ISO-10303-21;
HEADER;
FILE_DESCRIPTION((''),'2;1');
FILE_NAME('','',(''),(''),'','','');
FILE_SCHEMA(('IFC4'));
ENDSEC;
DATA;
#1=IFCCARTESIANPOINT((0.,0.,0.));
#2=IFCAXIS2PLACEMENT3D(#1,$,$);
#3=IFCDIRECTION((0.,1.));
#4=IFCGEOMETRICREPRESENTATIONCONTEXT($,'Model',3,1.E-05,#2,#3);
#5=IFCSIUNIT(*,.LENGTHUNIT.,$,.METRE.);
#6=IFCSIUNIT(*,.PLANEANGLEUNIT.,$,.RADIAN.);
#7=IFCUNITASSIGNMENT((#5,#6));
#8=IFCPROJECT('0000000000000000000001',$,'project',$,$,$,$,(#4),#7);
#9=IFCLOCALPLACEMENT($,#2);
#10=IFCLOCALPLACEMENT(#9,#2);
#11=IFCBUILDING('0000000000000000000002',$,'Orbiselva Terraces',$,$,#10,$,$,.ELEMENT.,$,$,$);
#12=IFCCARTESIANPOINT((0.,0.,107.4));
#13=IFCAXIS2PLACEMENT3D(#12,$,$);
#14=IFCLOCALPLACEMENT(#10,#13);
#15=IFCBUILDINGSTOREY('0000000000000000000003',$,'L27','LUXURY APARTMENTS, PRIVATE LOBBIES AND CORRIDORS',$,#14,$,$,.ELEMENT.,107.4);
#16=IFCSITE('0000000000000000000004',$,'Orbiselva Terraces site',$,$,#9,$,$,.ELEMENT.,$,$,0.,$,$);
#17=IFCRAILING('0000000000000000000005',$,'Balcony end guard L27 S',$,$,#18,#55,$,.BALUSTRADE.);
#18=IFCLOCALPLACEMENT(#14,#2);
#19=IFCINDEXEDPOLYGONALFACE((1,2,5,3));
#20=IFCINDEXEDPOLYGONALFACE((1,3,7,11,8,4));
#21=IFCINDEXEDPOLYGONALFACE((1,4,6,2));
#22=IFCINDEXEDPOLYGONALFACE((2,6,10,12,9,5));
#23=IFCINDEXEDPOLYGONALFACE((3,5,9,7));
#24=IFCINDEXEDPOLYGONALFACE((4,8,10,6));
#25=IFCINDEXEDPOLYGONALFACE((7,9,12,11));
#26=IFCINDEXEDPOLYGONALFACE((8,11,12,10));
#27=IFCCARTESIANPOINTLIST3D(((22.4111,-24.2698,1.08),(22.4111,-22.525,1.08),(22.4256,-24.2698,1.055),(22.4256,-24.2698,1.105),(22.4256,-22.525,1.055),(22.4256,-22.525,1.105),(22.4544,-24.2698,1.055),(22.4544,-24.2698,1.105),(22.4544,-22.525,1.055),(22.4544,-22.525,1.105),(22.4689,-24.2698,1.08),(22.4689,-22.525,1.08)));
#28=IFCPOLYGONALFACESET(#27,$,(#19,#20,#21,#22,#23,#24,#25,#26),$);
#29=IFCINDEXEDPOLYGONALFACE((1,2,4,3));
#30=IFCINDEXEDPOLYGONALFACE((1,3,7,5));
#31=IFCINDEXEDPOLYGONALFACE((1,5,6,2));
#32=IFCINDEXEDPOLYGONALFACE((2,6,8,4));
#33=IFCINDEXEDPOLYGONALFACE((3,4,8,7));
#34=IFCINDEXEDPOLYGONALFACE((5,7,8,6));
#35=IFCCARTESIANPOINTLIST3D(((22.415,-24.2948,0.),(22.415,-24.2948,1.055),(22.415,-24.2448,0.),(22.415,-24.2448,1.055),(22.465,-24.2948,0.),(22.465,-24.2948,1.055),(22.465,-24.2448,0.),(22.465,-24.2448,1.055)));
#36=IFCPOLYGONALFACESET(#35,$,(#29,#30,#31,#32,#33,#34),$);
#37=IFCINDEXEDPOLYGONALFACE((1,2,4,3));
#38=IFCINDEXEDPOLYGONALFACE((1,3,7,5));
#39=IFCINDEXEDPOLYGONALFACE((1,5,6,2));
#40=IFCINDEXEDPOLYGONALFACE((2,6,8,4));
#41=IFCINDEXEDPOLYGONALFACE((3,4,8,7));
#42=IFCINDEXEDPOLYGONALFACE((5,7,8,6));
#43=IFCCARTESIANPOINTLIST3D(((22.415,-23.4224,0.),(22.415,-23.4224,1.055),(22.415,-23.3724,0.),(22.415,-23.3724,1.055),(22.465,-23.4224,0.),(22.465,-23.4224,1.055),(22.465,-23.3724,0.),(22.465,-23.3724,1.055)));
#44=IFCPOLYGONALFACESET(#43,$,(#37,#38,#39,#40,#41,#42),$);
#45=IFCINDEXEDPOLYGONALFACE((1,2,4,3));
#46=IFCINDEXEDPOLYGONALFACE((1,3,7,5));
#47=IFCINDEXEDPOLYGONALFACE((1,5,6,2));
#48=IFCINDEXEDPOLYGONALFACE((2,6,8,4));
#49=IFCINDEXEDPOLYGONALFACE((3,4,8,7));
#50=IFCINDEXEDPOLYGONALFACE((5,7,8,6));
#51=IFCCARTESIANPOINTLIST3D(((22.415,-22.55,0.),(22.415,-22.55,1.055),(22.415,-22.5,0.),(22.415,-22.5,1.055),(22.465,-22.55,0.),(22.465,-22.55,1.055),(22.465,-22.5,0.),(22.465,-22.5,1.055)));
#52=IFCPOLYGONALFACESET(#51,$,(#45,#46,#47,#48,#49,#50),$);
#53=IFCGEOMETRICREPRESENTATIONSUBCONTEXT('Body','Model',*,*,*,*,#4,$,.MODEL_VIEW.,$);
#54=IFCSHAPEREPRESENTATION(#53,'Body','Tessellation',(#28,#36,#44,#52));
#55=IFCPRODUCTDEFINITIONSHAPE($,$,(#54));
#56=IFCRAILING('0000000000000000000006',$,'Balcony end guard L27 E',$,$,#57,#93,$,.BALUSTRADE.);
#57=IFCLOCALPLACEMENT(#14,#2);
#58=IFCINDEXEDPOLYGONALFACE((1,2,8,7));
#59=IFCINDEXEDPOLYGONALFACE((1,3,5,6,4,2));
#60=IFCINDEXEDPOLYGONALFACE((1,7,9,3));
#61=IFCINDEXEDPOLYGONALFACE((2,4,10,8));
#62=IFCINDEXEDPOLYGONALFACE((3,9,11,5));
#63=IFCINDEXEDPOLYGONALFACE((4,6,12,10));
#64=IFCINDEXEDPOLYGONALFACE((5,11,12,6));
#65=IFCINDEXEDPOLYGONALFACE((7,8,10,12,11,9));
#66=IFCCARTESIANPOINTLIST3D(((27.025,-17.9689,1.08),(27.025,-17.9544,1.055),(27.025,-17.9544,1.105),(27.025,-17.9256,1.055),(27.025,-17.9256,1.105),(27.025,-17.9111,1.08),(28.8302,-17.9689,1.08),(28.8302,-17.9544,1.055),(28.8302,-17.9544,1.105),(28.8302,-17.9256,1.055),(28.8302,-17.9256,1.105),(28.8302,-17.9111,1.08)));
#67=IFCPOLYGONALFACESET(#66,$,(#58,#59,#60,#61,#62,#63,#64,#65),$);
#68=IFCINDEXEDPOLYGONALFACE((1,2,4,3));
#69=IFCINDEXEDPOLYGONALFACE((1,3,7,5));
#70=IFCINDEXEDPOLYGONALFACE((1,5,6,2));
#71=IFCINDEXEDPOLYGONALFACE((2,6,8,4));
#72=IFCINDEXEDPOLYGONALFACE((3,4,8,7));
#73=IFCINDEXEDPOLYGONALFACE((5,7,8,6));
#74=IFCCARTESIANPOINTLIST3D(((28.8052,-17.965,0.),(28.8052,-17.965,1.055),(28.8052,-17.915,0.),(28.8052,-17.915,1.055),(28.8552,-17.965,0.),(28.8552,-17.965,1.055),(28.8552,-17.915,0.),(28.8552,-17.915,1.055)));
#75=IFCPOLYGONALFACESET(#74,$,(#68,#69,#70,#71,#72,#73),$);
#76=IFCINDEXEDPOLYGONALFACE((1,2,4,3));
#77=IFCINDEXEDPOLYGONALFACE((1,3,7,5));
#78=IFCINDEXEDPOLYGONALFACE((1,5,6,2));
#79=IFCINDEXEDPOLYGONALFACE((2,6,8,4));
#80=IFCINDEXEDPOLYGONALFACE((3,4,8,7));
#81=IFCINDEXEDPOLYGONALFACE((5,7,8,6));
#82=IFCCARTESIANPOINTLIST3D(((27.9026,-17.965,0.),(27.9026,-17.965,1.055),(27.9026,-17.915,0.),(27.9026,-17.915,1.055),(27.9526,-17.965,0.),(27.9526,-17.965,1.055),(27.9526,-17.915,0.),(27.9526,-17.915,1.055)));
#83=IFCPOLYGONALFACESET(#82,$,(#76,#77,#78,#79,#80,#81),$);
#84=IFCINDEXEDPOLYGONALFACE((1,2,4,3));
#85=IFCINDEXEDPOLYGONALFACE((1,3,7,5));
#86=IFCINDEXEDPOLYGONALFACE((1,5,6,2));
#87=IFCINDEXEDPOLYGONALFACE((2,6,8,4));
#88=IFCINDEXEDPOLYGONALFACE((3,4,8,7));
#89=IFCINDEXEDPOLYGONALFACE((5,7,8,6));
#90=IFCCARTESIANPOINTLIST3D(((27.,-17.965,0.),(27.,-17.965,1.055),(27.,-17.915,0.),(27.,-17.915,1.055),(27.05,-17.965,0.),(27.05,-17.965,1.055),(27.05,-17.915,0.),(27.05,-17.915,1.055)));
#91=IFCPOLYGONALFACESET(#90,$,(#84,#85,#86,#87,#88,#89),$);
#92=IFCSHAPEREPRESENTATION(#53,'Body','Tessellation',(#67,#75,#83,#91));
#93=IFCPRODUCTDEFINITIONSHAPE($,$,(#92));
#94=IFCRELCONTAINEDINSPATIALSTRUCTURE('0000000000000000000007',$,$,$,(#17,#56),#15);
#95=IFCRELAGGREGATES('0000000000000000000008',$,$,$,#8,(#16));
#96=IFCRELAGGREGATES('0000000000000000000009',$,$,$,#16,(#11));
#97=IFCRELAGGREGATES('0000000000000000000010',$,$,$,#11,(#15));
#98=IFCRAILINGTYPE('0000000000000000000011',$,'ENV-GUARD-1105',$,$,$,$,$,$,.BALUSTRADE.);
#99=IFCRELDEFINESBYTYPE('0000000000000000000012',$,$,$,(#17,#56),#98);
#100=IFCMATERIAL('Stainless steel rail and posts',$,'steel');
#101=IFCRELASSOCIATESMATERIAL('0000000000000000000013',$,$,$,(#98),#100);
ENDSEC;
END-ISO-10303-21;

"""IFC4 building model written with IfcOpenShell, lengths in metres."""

from ifc_helpers import new_model, si_unit, direction, frame, origin, origin_2d, place, context, subcontext, project, spatial, polyline, rectangle, outline, extrude, material, type_object, element, save


model = new_model("IFC4")

# Units and contexts
model_context = context("Model", 3, precision=1e-05, world=origin(), true_north=direction((0.0, 1.0)))
body_context = subcontext(model_context, "Body", "Model", "MODEL_VIEW")
ifc_project = project(units=[si_unit("LENGTHUNIT", "METRE"), si_unit("PLANEANGLEUNIT", "RADIAN")], contexts=[model_context])

# Site, building, storey
site_placement = place(None, origin())
site = spatial("IfcSite", under=ifc_project, at=site_placement, Name="Orbiselva Terraces site", CompositionType="ELEMENT", RefElevation=0.0)
building_placement = place(site_placement, origin())
building = spatial("IfcBuilding", under=site, at=building_placement, Name="Orbiselva Terraces", CompositionType="ELEMENT")
storey_placement = place(building_placement, frame((0.0, 0.0, 107.4)))
storey = spatial("IfcBuildingStorey", under=building, at=storey_placement, Name="L27", Description="LUXURY APARTMENTS, PRIVATE LOBBIES AND CORRIDORS", CompositionType="ELEMENT", Elevation=107.4)

# Railings
ifc_material_1 = material(Name="Stainless steel rail and posts", Category="steel")
railing_type_1 = type_object("IfcRailingType", Name="ENV-GUARD-1105", PredefinedType="BALUSTRADE", material=ifc_material_1)
railing_1_placement = place(storey_placement, frame((22.44, -24.2698, 0.0)))
element("IfcRailing", 1, at=railing_1_placement, inside=storey, type_object=railing_type_1, Name="Balcony end guard L27 S", PredefinedType="BALUSTRADE", context=body_context, shape_type="SweptSolid", body=[
    extrude(outline(polyline([(0.0289, 0.0), (0.0144, 0.025), (-0.0144, 0.025), (-0.0289, 0.0), (-0.0144, -0.025), (0.0144, -0.025), (0.0289, 0.0)])), frame((0.0, 0.0, 1.08), z_axis=(0.0, 1.0, 0.0), x_axis=(-1.0, 0.0, 0.0)), (0.0, 0.0, 1.0), 1.7448),
    extrude(rectangle(XDim=0.05, YDim=0.05, at=origin_2d()), origin(), (0.0, 0.0, 1.0), 1.055),
    extrude(rectangle(XDim=0.05, YDim=0.05, at=origin_2d()), frame((0.0, 0.8724, 0.0)), (0.0, 0.0, 1.0), 1.055),
    extrude(rectangle(XDim=0.05, YDim=0.05, at=origin_2d()), frame((0.0, 1.7448, 0.0)), (0.0, 0.0, 1.0), 1.055),
])
railing_2_placement = place(storey_placement, frame((28.8302, -17.94, 0.0)))
element("IfcRailing", 2, at=railing_2_placement, inside=storey, type_object=railing_type_1, Name="Balcony end guard L27 E", PredefinedType="BALUSTRADE", context=body_context, shape_type="SweptSolid", body=[
    extrude(outline(polyline([(0.0289, 0.0), (0.0144, 0.025), (-0.0144, 0.025), (-0.0289, 0.0), (-0.0144, -0.025), (0.0144, -0.025), (0.0289, 0.0)])), frame((0.0, 0.0, 1.08), z_axis=(-1.0, 0.0, 0.0), x_axis=(0.0, -1.0, 0.0)), (0.0, 0.0, 1.0), 1.8052),
    extrude(rectangle(XDim=0.05, YDim=0.05, at=origin_2d()), origin(), (0.0, 0.0, 1.0), 1.055),
    extrude(rectangle(XDim=0.05, YDim=0.05, at=origin_2d()), frame((-0.9026, 0.0, 0.0)), (0.0, 0.0, 1.0), 1.055),
    extrude(rectangle(XDim=0.05, YDim=0.05, at=origin_2d()), frame((-1.8052, 0.0, 0.0)), (0.0, 0.0, 1.0), 1.055),
])

save(model, "model.ifc")
